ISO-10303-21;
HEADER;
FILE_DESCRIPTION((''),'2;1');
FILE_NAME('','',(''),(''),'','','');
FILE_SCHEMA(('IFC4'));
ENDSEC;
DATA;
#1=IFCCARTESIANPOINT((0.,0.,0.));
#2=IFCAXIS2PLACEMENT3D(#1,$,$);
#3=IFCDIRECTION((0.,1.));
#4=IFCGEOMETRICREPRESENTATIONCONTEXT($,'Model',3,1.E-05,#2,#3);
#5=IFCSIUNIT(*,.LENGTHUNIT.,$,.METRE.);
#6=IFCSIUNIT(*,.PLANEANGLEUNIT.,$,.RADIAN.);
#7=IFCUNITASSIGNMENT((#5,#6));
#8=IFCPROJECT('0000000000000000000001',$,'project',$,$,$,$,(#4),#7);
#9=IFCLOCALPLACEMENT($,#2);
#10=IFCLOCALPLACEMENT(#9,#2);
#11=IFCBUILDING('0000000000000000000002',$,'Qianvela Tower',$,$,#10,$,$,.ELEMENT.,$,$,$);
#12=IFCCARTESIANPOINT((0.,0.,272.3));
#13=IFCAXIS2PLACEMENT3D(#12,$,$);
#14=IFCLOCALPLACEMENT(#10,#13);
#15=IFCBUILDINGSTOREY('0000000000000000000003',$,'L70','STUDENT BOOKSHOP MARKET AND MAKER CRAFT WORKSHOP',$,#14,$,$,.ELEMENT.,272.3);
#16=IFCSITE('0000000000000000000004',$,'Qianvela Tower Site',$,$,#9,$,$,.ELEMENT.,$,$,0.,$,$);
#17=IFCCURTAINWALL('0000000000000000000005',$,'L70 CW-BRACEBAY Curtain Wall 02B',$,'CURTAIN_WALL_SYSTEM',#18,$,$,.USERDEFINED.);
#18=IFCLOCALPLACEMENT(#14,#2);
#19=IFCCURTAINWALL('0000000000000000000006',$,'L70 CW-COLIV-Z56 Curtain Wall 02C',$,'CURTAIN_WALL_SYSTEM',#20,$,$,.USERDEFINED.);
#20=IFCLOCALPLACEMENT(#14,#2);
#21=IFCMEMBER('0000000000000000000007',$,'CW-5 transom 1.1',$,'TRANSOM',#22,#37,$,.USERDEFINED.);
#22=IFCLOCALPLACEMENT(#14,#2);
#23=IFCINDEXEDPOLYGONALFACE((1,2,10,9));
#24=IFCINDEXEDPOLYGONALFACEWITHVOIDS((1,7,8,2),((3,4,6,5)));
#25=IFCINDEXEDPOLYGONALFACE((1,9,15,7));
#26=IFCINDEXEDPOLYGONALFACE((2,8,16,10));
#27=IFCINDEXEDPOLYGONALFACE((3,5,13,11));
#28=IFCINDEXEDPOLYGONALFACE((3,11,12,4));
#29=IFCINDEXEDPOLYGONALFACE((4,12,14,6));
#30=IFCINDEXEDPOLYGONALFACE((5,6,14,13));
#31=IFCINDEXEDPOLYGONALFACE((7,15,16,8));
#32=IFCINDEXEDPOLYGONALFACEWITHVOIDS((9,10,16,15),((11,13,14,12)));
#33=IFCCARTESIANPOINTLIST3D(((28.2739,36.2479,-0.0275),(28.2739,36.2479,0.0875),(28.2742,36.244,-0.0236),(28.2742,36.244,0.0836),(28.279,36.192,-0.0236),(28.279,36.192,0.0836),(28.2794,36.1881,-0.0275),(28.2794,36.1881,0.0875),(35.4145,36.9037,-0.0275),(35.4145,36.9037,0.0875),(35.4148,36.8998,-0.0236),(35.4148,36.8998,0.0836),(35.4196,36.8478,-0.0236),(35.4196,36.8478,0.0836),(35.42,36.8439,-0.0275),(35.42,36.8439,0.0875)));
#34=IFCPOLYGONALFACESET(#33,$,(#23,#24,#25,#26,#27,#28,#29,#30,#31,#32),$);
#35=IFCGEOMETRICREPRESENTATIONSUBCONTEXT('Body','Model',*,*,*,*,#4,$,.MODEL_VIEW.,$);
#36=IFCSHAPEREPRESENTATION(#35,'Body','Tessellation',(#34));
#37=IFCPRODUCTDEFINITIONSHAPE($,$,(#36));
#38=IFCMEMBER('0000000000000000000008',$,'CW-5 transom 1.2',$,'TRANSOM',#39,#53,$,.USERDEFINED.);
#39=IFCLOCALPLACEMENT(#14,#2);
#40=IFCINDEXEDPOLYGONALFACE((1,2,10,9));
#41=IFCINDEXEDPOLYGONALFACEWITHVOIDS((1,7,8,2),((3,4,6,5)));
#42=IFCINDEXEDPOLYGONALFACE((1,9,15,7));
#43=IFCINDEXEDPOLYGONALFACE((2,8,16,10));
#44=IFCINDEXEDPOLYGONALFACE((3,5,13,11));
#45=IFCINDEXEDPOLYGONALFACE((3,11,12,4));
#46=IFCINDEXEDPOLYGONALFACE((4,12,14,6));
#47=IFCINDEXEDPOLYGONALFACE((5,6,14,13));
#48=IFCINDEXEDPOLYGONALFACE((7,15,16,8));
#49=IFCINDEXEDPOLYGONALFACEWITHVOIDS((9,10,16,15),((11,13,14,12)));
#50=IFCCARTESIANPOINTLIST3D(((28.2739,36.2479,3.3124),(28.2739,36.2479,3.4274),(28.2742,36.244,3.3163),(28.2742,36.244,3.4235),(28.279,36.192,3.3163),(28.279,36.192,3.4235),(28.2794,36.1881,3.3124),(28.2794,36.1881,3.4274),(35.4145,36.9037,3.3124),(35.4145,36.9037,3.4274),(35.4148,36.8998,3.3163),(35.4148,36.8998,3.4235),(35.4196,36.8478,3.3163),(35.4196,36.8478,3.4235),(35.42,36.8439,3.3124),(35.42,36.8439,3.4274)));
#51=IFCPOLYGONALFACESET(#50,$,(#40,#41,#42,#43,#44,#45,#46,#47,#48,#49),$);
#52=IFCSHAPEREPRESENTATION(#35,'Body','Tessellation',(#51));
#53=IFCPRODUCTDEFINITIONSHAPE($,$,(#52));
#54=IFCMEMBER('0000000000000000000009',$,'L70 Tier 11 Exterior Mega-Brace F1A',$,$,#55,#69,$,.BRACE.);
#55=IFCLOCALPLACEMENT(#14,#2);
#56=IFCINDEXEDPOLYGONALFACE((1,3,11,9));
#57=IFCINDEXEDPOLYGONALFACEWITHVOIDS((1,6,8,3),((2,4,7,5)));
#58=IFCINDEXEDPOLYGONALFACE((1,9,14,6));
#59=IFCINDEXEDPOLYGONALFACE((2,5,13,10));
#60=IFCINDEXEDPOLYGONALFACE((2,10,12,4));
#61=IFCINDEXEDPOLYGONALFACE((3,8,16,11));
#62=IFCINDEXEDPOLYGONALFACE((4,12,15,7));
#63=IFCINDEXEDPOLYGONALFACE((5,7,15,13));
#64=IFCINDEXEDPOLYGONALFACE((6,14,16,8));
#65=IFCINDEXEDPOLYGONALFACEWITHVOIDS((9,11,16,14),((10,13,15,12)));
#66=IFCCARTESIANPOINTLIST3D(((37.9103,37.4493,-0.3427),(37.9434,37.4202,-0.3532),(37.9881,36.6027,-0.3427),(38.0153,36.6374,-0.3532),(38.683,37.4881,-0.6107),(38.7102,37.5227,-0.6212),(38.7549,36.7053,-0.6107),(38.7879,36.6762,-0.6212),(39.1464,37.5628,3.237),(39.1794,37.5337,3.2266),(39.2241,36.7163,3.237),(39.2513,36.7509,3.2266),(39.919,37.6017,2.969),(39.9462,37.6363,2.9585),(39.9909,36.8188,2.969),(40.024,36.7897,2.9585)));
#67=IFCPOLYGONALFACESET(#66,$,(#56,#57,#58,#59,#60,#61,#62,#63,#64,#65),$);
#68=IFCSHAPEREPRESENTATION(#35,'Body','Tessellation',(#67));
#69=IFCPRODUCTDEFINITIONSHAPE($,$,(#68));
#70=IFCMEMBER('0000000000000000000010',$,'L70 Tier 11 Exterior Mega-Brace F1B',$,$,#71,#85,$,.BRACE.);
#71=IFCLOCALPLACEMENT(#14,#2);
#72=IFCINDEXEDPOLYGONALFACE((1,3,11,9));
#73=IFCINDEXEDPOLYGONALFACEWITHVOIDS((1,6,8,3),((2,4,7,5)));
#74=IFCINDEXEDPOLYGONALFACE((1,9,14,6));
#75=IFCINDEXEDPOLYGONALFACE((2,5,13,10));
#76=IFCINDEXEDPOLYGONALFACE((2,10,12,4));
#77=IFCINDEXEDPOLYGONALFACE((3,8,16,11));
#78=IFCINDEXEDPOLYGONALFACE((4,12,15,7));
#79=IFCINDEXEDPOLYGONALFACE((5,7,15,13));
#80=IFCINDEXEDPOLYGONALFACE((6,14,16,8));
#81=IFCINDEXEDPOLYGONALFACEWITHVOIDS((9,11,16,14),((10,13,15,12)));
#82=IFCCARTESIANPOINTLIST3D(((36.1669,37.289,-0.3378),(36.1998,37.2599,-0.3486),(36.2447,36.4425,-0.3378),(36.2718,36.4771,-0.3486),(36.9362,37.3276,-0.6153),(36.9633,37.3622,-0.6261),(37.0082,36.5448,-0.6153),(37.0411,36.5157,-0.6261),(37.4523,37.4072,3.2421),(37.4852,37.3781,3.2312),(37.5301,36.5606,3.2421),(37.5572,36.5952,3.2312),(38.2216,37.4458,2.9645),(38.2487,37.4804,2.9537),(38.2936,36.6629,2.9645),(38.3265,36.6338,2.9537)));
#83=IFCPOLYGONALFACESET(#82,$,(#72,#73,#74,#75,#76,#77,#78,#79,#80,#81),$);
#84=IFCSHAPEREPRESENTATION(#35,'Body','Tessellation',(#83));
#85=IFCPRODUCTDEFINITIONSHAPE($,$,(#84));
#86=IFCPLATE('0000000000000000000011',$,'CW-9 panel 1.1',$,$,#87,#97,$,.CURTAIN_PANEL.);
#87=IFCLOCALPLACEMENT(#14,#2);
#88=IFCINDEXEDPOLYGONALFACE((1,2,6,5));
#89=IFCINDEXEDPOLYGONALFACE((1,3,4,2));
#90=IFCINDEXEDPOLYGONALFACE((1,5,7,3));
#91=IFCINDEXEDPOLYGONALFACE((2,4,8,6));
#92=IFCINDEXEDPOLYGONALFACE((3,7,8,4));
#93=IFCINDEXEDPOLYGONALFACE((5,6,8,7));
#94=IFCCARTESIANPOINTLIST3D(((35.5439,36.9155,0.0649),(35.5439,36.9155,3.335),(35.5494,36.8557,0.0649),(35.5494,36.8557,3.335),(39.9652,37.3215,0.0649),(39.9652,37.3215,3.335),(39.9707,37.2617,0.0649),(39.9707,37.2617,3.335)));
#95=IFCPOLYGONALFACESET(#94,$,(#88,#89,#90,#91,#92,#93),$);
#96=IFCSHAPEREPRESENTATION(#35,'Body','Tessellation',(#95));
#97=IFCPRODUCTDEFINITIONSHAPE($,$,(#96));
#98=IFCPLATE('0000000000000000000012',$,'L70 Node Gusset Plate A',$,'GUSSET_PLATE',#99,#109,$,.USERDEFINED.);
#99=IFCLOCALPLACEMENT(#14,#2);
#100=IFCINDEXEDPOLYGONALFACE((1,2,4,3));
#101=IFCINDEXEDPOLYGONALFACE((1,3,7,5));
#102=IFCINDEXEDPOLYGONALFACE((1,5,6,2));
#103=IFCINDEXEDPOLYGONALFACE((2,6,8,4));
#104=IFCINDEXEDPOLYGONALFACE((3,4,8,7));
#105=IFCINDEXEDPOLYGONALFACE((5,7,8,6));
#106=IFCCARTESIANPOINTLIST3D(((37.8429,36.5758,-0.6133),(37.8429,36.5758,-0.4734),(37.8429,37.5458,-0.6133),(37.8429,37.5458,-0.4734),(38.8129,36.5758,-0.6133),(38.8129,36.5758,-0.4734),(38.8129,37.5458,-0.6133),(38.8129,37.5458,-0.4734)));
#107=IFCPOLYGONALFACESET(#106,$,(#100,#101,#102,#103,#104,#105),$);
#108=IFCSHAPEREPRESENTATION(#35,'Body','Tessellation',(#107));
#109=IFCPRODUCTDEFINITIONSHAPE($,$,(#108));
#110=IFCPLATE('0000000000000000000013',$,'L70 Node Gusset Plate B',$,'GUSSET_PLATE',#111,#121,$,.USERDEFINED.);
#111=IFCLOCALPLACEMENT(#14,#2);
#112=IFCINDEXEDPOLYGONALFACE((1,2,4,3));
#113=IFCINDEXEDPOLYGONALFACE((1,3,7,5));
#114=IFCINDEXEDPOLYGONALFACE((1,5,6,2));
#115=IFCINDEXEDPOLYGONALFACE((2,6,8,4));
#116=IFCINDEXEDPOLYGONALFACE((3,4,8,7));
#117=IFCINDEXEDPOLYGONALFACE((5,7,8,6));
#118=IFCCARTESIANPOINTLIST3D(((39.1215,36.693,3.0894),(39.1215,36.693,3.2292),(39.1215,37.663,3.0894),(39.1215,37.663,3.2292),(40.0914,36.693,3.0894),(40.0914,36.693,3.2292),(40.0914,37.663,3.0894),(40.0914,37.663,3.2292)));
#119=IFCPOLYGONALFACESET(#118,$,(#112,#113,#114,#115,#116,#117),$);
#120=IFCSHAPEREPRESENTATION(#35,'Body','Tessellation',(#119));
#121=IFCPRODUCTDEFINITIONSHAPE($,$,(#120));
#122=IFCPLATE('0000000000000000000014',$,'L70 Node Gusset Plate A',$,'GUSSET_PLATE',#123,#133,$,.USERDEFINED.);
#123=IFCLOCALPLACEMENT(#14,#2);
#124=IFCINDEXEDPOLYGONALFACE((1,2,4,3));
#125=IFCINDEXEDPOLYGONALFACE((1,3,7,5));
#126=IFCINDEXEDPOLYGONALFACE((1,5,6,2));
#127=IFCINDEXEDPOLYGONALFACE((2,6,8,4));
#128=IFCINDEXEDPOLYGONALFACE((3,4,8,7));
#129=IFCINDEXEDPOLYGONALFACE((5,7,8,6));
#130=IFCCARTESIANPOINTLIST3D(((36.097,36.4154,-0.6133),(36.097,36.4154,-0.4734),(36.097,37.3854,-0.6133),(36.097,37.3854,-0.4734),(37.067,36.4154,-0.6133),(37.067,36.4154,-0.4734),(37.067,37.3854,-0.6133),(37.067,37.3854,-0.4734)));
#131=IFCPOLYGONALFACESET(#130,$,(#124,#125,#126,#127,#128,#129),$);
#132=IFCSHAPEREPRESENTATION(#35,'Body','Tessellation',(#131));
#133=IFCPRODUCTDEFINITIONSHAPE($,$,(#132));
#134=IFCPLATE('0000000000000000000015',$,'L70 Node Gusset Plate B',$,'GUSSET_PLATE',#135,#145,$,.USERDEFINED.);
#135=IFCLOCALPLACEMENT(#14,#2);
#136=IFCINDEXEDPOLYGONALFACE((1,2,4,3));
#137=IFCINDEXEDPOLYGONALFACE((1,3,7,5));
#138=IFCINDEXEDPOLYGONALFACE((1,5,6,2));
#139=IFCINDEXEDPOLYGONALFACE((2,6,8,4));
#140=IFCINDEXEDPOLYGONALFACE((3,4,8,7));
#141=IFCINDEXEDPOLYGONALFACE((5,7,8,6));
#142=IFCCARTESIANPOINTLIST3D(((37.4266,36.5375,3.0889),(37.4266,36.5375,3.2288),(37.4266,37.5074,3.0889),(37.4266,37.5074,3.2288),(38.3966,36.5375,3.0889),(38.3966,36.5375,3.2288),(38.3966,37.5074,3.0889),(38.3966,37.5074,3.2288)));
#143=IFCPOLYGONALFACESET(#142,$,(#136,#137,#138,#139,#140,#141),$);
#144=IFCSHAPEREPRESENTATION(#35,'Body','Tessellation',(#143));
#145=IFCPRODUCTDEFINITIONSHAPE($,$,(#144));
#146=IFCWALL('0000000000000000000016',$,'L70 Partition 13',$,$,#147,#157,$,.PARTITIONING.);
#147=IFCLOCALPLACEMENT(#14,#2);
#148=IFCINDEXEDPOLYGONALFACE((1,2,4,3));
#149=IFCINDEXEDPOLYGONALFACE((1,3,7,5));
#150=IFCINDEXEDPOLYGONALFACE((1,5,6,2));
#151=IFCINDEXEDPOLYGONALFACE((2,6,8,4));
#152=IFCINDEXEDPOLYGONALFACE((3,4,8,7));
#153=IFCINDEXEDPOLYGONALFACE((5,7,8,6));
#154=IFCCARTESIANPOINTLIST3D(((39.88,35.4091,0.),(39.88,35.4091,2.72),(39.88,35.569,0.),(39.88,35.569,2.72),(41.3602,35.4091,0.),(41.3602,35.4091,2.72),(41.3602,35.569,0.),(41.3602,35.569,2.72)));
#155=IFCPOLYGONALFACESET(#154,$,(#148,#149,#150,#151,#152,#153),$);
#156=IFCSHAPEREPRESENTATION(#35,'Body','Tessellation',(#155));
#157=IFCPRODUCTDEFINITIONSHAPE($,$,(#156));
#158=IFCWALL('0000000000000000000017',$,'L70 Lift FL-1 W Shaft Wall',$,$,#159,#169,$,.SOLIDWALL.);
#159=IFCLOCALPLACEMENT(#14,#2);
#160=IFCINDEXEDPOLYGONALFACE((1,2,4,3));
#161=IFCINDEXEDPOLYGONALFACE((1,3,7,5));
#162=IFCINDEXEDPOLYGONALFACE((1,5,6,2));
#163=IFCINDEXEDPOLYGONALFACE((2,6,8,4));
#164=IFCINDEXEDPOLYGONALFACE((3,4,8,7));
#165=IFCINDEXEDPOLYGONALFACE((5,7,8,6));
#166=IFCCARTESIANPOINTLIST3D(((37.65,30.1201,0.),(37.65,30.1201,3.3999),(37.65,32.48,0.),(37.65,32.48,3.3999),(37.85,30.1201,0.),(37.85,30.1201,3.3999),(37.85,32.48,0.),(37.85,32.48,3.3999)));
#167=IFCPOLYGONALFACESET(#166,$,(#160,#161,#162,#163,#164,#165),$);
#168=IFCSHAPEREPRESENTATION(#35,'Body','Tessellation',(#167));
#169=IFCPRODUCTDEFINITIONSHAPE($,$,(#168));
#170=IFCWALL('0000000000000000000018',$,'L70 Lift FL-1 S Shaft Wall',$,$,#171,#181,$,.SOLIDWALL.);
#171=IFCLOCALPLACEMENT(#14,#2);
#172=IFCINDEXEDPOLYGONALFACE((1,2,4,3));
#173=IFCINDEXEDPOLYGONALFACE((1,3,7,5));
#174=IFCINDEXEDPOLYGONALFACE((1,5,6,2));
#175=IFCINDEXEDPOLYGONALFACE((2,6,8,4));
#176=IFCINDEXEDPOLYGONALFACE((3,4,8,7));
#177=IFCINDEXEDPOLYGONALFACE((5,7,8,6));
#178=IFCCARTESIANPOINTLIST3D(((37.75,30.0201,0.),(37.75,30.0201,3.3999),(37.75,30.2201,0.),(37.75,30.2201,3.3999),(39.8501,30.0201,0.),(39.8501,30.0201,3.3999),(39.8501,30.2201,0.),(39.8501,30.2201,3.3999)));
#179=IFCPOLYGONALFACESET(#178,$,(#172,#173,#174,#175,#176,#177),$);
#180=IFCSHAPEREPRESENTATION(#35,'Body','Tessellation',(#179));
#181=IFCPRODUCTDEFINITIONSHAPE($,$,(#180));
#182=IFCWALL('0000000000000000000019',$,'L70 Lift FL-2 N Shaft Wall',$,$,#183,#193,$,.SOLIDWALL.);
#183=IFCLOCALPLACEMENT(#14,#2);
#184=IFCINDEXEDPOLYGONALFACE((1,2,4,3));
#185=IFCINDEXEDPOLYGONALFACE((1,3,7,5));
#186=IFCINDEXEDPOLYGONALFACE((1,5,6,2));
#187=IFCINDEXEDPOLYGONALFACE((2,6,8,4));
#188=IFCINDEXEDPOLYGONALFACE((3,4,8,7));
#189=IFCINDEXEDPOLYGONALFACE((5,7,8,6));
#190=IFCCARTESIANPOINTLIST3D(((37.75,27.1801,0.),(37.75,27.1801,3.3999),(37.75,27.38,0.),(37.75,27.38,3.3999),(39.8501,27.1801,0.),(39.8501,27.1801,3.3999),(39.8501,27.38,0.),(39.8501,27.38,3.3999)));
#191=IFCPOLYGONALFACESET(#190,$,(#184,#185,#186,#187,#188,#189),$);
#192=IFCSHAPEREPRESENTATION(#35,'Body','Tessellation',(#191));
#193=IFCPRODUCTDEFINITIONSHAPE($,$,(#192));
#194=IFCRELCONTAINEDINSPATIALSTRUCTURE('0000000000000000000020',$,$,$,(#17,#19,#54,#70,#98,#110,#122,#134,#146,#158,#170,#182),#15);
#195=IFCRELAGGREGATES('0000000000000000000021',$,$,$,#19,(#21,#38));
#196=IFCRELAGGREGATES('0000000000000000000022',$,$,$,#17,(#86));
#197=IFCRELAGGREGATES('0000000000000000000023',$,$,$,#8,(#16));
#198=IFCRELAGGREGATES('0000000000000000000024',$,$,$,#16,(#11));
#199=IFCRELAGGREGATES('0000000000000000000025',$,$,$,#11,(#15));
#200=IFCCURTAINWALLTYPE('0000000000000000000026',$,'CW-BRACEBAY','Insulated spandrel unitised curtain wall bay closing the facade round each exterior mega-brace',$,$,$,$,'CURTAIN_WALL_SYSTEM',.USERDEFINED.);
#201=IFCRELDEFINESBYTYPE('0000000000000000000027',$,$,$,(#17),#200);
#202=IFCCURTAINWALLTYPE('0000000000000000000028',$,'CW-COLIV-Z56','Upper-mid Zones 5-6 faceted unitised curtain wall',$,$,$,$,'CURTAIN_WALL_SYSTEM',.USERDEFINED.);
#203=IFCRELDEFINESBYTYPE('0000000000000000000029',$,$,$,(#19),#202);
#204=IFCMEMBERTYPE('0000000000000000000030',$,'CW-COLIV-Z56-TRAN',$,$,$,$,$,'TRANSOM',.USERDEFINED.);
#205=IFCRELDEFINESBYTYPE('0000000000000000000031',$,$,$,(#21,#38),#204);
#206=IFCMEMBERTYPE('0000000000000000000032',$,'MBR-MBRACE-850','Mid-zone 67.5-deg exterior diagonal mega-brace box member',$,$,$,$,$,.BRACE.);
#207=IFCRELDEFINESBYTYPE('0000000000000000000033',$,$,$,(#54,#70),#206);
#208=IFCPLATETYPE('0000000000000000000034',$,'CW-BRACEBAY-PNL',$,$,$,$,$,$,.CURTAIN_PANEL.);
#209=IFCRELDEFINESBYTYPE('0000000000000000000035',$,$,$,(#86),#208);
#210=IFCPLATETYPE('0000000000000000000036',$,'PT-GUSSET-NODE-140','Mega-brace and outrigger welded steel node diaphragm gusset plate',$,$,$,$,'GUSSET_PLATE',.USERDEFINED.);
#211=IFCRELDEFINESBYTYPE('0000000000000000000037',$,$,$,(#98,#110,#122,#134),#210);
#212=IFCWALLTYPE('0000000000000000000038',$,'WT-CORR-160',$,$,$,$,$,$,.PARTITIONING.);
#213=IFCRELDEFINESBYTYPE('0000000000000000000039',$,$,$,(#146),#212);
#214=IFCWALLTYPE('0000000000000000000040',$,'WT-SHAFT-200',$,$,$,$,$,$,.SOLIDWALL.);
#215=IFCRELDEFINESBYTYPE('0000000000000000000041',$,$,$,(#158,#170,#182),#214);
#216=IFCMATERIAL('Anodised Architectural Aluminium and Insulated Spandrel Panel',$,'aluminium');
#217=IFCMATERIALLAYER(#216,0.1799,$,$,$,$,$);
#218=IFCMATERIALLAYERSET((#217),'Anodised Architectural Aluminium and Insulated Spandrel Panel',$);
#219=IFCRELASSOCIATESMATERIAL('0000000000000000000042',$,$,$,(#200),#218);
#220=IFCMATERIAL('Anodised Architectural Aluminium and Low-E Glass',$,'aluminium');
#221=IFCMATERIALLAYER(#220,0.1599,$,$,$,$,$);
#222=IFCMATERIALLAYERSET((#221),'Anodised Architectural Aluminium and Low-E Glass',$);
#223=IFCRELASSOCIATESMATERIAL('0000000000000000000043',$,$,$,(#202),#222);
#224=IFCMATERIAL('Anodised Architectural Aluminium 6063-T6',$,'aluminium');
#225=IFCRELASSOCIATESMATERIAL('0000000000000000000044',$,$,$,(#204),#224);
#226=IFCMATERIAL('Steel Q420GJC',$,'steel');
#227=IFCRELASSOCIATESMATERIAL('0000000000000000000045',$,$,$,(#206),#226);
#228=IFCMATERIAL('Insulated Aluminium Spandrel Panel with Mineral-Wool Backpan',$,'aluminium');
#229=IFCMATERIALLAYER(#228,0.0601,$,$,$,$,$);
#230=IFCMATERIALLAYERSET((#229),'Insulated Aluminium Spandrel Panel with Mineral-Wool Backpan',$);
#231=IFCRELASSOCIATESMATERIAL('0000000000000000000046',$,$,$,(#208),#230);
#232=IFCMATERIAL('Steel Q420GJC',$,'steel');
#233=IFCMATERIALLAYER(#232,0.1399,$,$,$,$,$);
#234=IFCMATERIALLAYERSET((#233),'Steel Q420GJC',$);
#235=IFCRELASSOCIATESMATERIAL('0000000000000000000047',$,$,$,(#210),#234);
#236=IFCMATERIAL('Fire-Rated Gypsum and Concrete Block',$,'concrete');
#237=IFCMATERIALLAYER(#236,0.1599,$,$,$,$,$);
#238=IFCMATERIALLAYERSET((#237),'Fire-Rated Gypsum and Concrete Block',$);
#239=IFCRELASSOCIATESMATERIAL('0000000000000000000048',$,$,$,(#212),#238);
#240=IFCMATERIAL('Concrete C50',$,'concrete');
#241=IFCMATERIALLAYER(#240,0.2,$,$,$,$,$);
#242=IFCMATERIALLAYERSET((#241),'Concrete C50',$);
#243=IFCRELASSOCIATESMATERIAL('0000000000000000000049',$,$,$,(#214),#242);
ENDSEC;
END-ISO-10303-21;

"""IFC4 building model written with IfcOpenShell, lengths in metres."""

from ifc_helpers import new_model, si_unit, direction, frame, frame_2d, origin, origin_2d, place, context, subcontext, project, spatial, rectangle, hollow_rectangle, extrude, material, layer, layer_set, material_profile, profile_set, type_object, element, aggregate, save


model = new_model("IFC4")

# Units and contexts
model_context = context("Model", 3, precision=1e-05, world=origin(), true_north=direction((0.0, 1.0)))
body_context = subcontext(model_context, "Body", "Model", "MODEL_VIEW")
ifc_project = project(units=[si_unit("LENGTHUNIT", "METRE"), si_unit("PLANEANGLEUNIT", "RADIAN")], contexts=[model_context])

# Site, building, storey
site_placement = place(None, origin())
site = spatial("IfcSite", under=ifc_project, at=site_placement, Name="Qianvela Tower Site", CompositionType="ELEMENT", RefElevation=0.0)
building_placement = place(site_placement, origin())
building = spatial("IfcBuilding", under=site, at=building_placement, Name="Qianvela Tower", CompositionType="ELEMENT")
storey_placement = place(building_placement, frame((0.0, 0.0, 272.3)))
storey = spatial("IfcBuildingStorey", under=building, at=storey_placement, Name="L70", Description="STUDENT BOOKSHOP MARKET AND MAKER CRAFT WORKSHOP", CompositionType="ELEMENT", Elevation=272.3)

# Curtain wall
ifc_material_1 = material(Name="Anodised Architectural Aluminium and Insulated Spandrel Panel", Category="aluminium")
ifc_layer_1 = layer(ifc_material_1, 0.1799)
ifc_layer_set_1 = layer_set([ifc_layer_1], Name="Anodised Architectural Aluminium and Insulated Spandrel Panel")
curtain_wall_type_1 = type_object("IfcCurtainWallType", Name="CW-BRACEBAY", Description="Insulated spandrel unitised curtain wall bay closing the facade round each exterior mega-brace", ElementType="CURTAIN_WALL_SYSTEM", PredefinedType="USERDEFINED", material=ifc_layer_set_1)
curtain_wall_1_placement = place(storey_placement, origin())
curtain_wall_1 = element("IfcCurtainWall", 1, at=curtain_wall_1_placement, inside=storey, type_object=curtain_wall_type_1, Name="L70 CW-BRACEBAY Curtain Wall 02B", ObjectType="CURTAIN_WALL_SYSTEM", PredefinedType="USERDEFINED")

# Curtain wall, members
ifc_material_2 = material(Name="Anodised Architectural Aluminium and Low-E Glass", Category="aluminium")
ifc_layer_2 = layer(ifc_material_2, 0.1599)
ifc_layer_set_2 = layer_set([ifc_layer_2], Name="Anodised Architectural Aluminium and Low-E Glass")
curtain_wall_type_2 = type_object("IfcCurtainWallType", Name="CW-COLIV-Z56", Description="Upper-mid Zones 5-6 faceted unitised curtain wall", ElementType="CURTAIN_WALL_SYSTEM", PredefinedType="USERDEFINED", material=ifc_layer_set_2)
curtain_wall_2_placement = place(storey_placement, origin())
curtain_wall_2 = element("IfcCurtainWall", 2, at=curtain_wall_2_placement, inside=storey, type_object=curtain_wall_type_2, Name="L70 CW-COLIV-Z56 Curtain Wall 02C", ObjectType="CURTAIN_WALL_SYSTEM", PredefinedType="USERDEFINED")
ifc_material_3 = material(Name="Anodised Architectural Aluminium 6063-T6", Category="aluminium")
ifc_material_profile_1 = material_profile(ifc_material_3, hollow_rectangle(XDim=0.0601, YDim=0.115, WallThickness=0.0039, at=origin_2d()), Name="ALU-TRAN-60x115")
ifc_profile_set_1 = profile_set([ifc_material_profile_1], Name="Anodised Architectural Aluminium 6063-T6")
member_type_1 = type_object("IfcMemberType", Name="CW-COLIV-Z56-TRAN", ElementType="TRANSOM", PredefinedType="USERDEFINED", material=ifc_profile_set_1)
member_1_placement = place(storey_placement, frame((35.4172, 36.8738, 0.03), z_axis=(-0.99581, -0.091451, 0.0), x_axis=(0.091451, -0.99581, 0.0)))
member_1 = element("IfcMember", 3, at=member_1_placement, type_object=member_type_1, Name="CW-5 transom 1.1", ObjectType="TRANSOM", PredefinedType="USERDEFINED", context=body_context, shape_type="SweptSolid", body=[
    extrude(hollow_rectangle(XDim=0.0601, YDim=0.115, WallThickness=0.0039, at=origin_2d()), origin(), (0.0, 0.0, 1.0), 7.1707),
])
member_2_placement = place(storey_placement, frame((35.4172, 36.8738, 3.3699), z_axis=(-0.99581, -0.091451, 0.0), x_axis=(0.091451, -0.99581, 0.0)))
member_2 = element("IfcMember", 4, at=member_2_placement, type_object=member_type_1, Name="CW-5 transom 1.2", ObjectType="TRANSOM", PredefinedType="USERDEFINED", context=body_context, shape_type="SweptSolid", body=[
    extrude(hollow_rectangle(XDim=0.0601, YDim=0.115, WallThickness=0.0039, at=origin_2d()), origin(), (0.0, 0.0, 1.0), 7.1707),
])
aggregate(curtain_wall_2, [member_1, member_2])

# Members
ifc_material_4 = material(Name="Steel Q420GJC", Category="steel")
ifc_material_profile_2 = material_profile(ifc_material_4, hollow_rectangle(XDim=0.8501, YDim=0.8501, WallThickness=0.032, at=origin_2d()), Name="MBOX-850x850x32")
ifc_profile_set_2 = profile_set([ifc_material_profile_2], Name="Steel Q420GJC")
member_type_2 = type_object("IfcMemberType", Name="MBR-MBRACE-850", Description="Mid-zone 67.5-deg exterior diagonal mega-brace box member", PredefinedType="BRACE", material=ifc_profile_set_2)
member_3_placement = place(storey_placement, frame((38.3491, 37.0627, -0.4819), z_axis=(0.326235, 0.029962, 0.944814), x_axis=(-0.091458, 0.995809, 0.0)))
element("IfcMember", 5, at=member_3_placement, inside=storey, type_object=member_type_2, Name="L70 Tier 11 Exterior Mega-Brace F1A", PredefinedType="BRACE", context=body_context, shape_type="SweptSolid", body=[
    extrude(hollow_rectangle(XDim=0.8501, YDim=0.8501, WallThickness=0.032, at=origin_2d()), origin(), (0.0, 0.0, 1.0), 3.7888),
])
member_4_placement = place(storey_placement, frame((36.604, 36.9023, -0.4819), z_axis=(0.337779, 0.031051, 0.940713), x_axis=(-0.091542, 0.995801, 0.0)))
element("IfcMember", 6, at=member_4_placement, inside=storey, type_object=member_type_2, Name="L70 Tier 11 Exterior Mega-Brace F1B", PredefinedType="BRACE", context=body_context, shape_type="SweptSolid", body=[
    extrude(hollow_rectangle(XDim=0.8501, YDim=0.8501, WallThickness=0.032, at=origin_2d()), origin(), (0.0, 0.0, 1.0), 3.8054),
])

# Plate
ifc_material_5 = material(Name="Insulated Aluminium Spandrel Panel with Mineral-Wool Backpan", Category="aluminium")
ifc_layer_3 = layer(ifc_material_5, 0.0601)
ifc_layer_set_3 = layer_set([ifc_layer_3], Name="Insulated Aluminium Spandrel Panel with Mineral-Wool Backpan")
plate_type_1 = type_object("IfcPlateType", Name="CW-BRACEBAY-PNL", PredefinedType="CURTAIN_PANEL", material=ifc_layer_set_3)
plate_placement = place(storey_placement, frame((37.7573, 37.0886, 0.0649), z_axis=(0.0, 0.0, 1.0), x_axis=(-0.99581, -0.091443, 0.0)))
plate = element("IfcPlate", 7, at=plate_placement, type_object=plate_type_1, Name="CW-9 panel 1.1", PredefinedType="CURTAIN_PANEL", context=body_context, shape_type="SweptSolid", body=[
    extrude(rectangle(XDim=4.4399, YDim=0.0601, at=origin_2d()), origin(), (0.0, 0.0, 1.0), 3.27),
])
aggregate(curtain_wall_1, [plate])

# Plates
ifc_material_6 = material(Name="Steel Q420GJC", Category="steel")
ifc_layer_4 = layer(ifc_material_6, 0.1399)
ifc_layer_set_4 = layer_set([ifc_layer_4], Name="Steel Q420GJC")
plate_type_2 = type_object("IfcPlateType", Name="PT-GUSSET-NODE-140", Description="Mega-brace and outrigger welded steel node diaphragm gusset plate", ElementType="GUSSET_PLATE", PredefinedType="USERDEFINED", material=ifc_layer_set_4)
for number, where, z_axis, x_axis, name in (
    (8, (38.3279, 37.0608, -0.6133), (0.0, 0.0, 1.0), (1.0, 0.0, 0.0), "L70 Node Gusset Plate A"),
    (9, (39.6064, 37.178, 3.0894), (0.0, 0.0, 1.0), (1.0, 0.0, 0.0), "L70 Node Gusset Plate B"),
    (10, (36.582, 36.9004, -0.6133), (0.0, 0.0, 1.0), (1.0, 0.0, 0.0), "L70 Node Gusset Plate A"),
    (11, (37.9116, 37.0225, 3.0889), (0.0, 0.0, 1.0), (1.0, 0.0, 0.0), "L70 Node Gusset Plate B"),
):
    element("IfcPlate", number, at=place(storey_placement, frame(where, z_axis=z_axis, x_axis=x_axis)), inside=storey, type_object=plate_type_2, Name=name, ObjectType="GUSSET_PLATE", PredefinedType="USERDEFINED", context=body_context, shape_type="SweptSolid", body=[
        extrude(rectangle(XDim=0.97, YDim=0.97, at=origin_2d()), origin(), (0.0, 0.0, 1.0), 0.1399),
    ])

# Wall
ifc_material_7 = material(Name="Fire-Rated Gypsum and Concrete Block", Category="concrete")
ifc_layer_5 = layer(ifc_material_7, 0.1599)
ifc_layer_set_5 = layer_set([ifc_layer_5], Name="Fire-Rated Gypsum and Concrete Block")
wall_type_1 = type_object("IfcWallType", Name="WT-CORR-160", PredefinedType="PARTITIONING", material=ifc_layer_set_5)
wall_1_placement = place(storey_placement, frame((39.8799, 35.489, 0.0), z_axis=(0.0, 0.0, 1.0), x_axis=(1.0, 0.0, 0.0)))
element("IfcWall", 12, at=wall_1_placement, inside=storey, type_object=wall_type_1, Name="L70 Partition 13", PredefinedType="PARTITIONING", context=body_context, shape_type="SweptSolid", body=[
    extrude(rectangle(XDim=1.4802, YDim=0.1599, at=frame_2d((0.7402, 0.0))), origin(), (0.0, 0.0, 1.0), 2.72),
])

# Shared definitions
ifc_material_8 = material(Name="Concrete C50", Category="concrete")
ifc_layer_6 = layer(ifc_material_8, 0.2)
ifc_layer_set_6 = layer_set([ifc_layer_6], Name="Concrete C50")
wall_type_2 = type_object("IfcWallType", Name="WT-SHAFT-200", PredefinedType="SOLIDWALL", material=ifc_layer_set_6)

# Walls
wall_2_placement = place(storey_placement, frame((37.75, 30.1201, 0.0), z_axis=(0.0, 0.0, 1.0), x_axis=(0.0, 1.0, 0.0)))
element("IfcWall", 13, at=wall_2_placement, inside=storey, type_object=wall_type_2, Name="L70 Lift FL-1 W Shaft Wall", PredefinedType="SOLIDWALL", context=body_context, shape_type="SweptSolid", body=[
    extrude(rectangle(XDim=2.3599, YDim=0.2, at=frame_2d((1.1799, 0.0))), origin(), (0.0, 0.0, 1.0), 3.3999),
])
for number, where, z_axis, x_axis, name in (
    (14, (37.75, 30.1201, 0.0), (0.0, 0.0, 1.0), (1.0, 0.0, 0.0), "L70 Lift FL-1 S Shaft Wall"),
    (15, (37.75, 27.28, 0.0), (0.0, 0.0, 1.0), (1.0, 0.0, 0.0), "L70 Lift FL-2 N Shaft Wall"),
):
    element("IfcWall", number, at=place(storey_placement, frame(where, z_axis=z_axis, x_axis=x_axis)), inside=storey, type_object=wall_type_2, Name=name, PredefinedType="SOLIDWALL", context=body_context, shape_type="SweptSolid", body=[
        extrude(rectangle(XDim=2.1001, YDim=0.2, at=frame_2d((1.05, 0.0))), origin(), (0.0, 0.0, 1.0), 3.3999),
    ])

save(model, "model.ifc")
